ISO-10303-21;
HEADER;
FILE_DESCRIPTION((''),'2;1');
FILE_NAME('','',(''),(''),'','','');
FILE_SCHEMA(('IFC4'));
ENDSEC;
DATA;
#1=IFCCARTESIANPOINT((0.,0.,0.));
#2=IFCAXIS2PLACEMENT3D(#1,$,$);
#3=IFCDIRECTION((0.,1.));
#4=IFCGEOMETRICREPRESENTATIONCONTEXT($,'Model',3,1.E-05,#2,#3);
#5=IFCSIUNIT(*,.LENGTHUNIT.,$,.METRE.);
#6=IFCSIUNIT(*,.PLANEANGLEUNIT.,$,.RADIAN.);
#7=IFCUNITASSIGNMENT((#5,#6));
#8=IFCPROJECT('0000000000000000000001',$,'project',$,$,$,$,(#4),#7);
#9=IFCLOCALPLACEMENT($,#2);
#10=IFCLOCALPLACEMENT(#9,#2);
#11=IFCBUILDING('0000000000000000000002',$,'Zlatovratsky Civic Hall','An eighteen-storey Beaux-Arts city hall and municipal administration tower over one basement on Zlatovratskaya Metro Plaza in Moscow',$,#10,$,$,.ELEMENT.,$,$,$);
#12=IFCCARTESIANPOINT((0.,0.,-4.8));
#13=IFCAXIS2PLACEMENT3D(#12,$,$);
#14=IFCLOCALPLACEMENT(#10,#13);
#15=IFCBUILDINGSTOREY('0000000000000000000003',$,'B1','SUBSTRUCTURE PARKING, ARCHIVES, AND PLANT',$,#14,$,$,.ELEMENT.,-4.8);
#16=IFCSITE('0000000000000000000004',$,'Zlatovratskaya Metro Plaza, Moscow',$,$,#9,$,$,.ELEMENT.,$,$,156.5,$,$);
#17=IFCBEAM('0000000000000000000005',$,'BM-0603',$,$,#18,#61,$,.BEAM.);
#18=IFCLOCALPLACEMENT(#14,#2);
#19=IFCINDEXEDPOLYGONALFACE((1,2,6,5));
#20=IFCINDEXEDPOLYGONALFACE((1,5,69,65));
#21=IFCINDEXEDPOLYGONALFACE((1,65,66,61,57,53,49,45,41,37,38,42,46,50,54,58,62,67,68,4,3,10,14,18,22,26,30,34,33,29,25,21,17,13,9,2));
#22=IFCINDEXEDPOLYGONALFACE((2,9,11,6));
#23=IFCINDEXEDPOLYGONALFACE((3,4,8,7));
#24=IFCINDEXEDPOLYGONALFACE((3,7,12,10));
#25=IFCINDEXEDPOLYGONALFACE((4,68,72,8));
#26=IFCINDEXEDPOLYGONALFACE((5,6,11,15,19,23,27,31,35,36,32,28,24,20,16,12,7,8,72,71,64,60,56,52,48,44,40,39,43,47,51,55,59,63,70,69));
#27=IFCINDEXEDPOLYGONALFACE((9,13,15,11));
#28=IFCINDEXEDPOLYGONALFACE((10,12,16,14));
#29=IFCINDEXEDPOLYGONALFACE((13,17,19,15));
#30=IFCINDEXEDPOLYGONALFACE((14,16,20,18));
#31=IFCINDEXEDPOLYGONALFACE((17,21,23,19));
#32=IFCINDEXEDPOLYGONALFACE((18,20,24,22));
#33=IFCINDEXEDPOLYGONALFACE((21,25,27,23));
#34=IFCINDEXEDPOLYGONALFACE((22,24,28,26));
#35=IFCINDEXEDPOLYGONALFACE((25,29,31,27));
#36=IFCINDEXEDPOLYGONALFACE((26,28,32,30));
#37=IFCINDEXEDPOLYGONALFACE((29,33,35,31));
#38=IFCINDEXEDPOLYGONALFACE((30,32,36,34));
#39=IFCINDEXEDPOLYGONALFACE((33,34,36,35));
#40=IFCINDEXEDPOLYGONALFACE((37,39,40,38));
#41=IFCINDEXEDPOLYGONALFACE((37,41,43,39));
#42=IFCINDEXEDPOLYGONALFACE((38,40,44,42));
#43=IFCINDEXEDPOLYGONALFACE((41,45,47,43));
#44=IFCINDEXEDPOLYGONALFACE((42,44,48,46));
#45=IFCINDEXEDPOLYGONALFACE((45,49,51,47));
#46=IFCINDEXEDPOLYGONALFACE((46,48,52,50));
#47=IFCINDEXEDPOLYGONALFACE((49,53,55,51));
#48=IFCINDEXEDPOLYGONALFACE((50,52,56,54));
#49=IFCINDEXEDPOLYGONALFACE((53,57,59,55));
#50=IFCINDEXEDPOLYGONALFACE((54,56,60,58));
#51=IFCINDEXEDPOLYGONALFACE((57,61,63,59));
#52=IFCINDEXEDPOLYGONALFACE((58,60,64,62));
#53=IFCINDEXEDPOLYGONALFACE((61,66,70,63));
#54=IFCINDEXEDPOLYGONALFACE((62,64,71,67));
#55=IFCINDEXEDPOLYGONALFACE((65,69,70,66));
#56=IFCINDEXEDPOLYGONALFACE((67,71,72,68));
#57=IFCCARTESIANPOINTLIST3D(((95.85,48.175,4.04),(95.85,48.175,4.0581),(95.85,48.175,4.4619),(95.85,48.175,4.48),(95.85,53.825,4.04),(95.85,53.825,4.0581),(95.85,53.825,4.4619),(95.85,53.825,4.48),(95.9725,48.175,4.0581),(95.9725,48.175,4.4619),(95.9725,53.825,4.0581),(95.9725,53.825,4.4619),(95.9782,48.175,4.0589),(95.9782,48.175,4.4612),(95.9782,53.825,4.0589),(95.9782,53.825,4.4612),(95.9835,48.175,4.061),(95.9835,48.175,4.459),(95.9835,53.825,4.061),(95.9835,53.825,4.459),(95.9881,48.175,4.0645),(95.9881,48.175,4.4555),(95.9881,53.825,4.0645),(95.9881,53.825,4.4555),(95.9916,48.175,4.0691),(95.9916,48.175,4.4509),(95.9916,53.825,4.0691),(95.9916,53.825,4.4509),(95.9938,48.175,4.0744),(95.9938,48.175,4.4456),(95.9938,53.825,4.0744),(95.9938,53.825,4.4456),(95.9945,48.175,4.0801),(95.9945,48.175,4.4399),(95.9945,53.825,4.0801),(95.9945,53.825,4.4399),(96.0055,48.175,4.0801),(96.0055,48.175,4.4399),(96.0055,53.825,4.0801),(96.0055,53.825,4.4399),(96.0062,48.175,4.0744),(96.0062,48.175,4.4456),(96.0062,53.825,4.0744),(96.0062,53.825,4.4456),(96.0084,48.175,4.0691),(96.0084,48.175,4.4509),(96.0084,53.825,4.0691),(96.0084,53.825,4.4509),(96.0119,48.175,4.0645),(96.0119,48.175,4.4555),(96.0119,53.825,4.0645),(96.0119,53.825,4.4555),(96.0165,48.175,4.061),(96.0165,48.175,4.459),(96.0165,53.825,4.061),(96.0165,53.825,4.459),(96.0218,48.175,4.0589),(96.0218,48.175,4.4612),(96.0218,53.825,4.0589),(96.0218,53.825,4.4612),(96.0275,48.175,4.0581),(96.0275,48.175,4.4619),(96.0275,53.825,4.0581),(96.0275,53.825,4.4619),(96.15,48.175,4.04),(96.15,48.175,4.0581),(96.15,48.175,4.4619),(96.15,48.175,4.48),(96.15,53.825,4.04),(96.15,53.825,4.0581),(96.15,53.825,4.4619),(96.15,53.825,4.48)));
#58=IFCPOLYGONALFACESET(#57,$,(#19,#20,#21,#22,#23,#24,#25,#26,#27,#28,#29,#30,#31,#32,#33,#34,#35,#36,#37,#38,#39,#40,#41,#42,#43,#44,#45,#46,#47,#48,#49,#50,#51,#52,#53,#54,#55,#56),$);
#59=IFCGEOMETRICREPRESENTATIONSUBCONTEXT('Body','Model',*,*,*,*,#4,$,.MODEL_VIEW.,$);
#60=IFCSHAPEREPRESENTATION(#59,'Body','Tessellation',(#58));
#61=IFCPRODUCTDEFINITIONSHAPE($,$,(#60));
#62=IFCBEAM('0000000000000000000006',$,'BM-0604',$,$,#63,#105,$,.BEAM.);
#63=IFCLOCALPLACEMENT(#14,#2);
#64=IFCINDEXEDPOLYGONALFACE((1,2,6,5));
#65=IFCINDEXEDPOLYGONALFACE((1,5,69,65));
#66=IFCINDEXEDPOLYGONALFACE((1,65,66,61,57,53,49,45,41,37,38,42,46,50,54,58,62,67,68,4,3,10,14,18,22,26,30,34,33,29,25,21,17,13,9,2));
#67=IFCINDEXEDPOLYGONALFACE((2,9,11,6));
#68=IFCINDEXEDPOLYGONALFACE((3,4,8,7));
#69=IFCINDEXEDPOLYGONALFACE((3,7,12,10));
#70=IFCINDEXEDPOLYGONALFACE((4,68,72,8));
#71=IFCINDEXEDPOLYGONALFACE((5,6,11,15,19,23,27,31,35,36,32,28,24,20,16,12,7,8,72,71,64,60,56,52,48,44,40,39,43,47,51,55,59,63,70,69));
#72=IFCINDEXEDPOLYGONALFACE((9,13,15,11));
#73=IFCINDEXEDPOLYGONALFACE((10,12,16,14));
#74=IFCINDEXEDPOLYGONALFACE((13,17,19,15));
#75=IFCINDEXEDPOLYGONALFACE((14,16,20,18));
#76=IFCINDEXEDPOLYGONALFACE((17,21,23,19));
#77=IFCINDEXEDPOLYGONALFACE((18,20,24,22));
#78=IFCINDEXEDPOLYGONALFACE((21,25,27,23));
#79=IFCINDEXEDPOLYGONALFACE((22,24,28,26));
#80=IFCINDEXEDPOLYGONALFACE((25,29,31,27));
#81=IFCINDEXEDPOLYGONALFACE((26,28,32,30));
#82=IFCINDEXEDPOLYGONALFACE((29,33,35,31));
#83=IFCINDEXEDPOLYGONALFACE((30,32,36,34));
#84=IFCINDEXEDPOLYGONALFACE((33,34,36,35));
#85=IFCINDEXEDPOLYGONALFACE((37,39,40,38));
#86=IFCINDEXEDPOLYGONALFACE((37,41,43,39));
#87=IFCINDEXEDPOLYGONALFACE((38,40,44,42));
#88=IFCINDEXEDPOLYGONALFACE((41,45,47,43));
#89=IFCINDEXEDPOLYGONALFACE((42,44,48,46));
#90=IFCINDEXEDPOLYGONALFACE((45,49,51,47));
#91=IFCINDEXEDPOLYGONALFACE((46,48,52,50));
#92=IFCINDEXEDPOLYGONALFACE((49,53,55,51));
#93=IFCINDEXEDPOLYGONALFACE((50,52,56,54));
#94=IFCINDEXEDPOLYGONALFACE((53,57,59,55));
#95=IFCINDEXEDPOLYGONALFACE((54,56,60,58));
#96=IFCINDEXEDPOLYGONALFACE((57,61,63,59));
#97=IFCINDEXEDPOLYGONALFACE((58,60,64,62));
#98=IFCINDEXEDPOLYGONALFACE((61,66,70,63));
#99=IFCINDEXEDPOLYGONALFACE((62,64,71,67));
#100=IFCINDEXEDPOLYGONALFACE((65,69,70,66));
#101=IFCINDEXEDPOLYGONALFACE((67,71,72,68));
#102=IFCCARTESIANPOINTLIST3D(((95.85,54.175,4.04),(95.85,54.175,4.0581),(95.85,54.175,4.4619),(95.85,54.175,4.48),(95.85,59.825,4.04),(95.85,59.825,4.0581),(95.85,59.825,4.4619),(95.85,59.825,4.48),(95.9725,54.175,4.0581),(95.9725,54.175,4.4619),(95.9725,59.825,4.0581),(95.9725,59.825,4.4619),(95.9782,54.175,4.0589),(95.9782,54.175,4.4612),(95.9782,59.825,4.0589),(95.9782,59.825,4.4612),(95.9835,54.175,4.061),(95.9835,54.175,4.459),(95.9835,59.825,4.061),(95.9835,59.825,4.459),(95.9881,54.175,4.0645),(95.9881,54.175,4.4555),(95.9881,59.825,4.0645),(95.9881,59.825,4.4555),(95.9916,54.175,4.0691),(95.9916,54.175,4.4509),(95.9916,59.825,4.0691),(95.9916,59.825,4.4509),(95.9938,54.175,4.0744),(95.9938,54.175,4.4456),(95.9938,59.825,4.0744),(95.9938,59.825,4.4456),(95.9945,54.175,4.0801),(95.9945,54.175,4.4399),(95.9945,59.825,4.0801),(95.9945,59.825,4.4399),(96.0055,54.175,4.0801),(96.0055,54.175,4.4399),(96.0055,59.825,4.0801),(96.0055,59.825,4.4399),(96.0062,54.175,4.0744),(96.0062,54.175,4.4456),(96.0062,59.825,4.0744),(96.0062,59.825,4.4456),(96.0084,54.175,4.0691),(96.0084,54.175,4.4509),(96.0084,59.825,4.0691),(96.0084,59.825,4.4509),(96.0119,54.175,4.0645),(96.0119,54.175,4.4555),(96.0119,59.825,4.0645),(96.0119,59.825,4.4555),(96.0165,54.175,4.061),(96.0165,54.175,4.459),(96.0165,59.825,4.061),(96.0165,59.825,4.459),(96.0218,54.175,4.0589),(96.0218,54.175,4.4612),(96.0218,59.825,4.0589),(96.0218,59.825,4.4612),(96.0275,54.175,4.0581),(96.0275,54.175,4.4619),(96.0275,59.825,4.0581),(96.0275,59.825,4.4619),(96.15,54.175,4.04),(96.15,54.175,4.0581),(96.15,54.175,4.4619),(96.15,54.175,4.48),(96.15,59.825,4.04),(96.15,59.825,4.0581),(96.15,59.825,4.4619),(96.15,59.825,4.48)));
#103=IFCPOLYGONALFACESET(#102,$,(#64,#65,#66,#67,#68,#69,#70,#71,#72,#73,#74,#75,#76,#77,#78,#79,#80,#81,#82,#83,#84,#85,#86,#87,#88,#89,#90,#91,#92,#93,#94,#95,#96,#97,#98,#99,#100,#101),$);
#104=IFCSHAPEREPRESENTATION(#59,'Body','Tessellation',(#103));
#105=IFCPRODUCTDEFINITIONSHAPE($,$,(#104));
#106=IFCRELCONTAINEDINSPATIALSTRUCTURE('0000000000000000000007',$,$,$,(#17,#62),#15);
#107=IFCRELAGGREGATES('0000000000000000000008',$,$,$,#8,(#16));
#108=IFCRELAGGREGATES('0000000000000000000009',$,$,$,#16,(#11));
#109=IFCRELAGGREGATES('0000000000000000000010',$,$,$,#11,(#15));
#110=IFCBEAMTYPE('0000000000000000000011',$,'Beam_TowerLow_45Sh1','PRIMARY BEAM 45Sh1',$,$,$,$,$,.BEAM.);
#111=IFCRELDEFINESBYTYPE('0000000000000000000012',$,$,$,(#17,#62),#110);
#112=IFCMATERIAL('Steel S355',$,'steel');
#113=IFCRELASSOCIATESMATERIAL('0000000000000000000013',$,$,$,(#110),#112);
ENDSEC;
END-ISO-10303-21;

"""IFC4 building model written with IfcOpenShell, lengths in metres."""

from ifc_helpers import new_model, si_unit, direction, frame, origin, origin_2d, place, context, subcontext, project, spatial, i_section, extrude, material, material_profile, profile_set, type_object, element, save


model = new_model("IFC4")

# Units and contexts
model_context = context("Model", 3, precision=1e-05, world=origin(), true_north=direction((0.0, 1.0)))
body_context = subcontext(model_context, "Body", "Model", "MODEL_VIEW")
ifc_project = project(units=[si_unit("LENGTHUNIT", "METRE"), si_unit("PLANEANGLEUNIT", "RADIAN")], contexts=[model_context])

# Site, building, storey
site_placement = place(None, origin())
site = spatial("IfcSite", under=ifc_project, at=site_placement, Name="Zlatovratskaya Metro Plaza, Moscow", CompositionType="ELEMENT", RefElevation=156.5)
building_placement = place(site_placement, origin())
building = spatial("IfcBuilding", under=site, at=building_placement, Name="Zlatovratsky Civic Hall", Description="An eighteen-storey Beaux-Arts city hall and municipal administration tower over one basement on Zlatovratskaya Metro Plaza in Moscow", CompositionType="ELEMENT")
storey_placement = place(building_placement, frame((0.0, 0.0, -4.8)))
storey = spatial("IfcBuildingStorey", under=building, at=storey_placement, Name="B1", Description="SUBSTRUCTURE PARKING, ARCHIVES, AND PLANT", CompositionType="ELEMENT", Elevation=-4.8)

# Shared definitions
ifc_material_1 = material(Name="Steel S355", Category="steel")

# Beams
ifc_material_profile_1 = material_profile(ifc_material_1, i_section(OverallWidth=0.3, OverallDepth=0.4399, WebThickness=0.011, FlangeThickness=0.0181, FilletRadius=0.022, at=origin_2d()), Name="45Sh1")
ifc_profile_set_1 = profile_set([ifc_material_profile_1], Name="Steel S355")
beam_type = type_object("IfcBeamType", Name="Beam_TowerLow_45Sh1", Description="PRIMARY BEAM 45Sh1", PredefinedType="BEAM", material=ifc_profile_set_1)
for number, where, z_axis, x_axis, name in (
    (1, (96.0, 48.175, 4.26), (0.0, 1.0, 0.0), (-1.0, 0.0, 0.0), "BM-0603"),
    (2, (96.0, 54.175, 4.26), (0.0, 1.0, 0.0), (-1.0, 0.0, 0.0), "BM-0604"),
):
    element("IfcBeam", number, at=place(storey_placement, frame(where, z_axis=z_axis, x_axis=x_axis)), inside=storey, type_object=beam_type, Name=name, PredefinedType="BEAM", context=body_context, shape_type="SweptSolid", body=[
        extrude(i_section(OverallWidth=0.3, OverallDepth=0.4399, WebThickness=0.011, FlangeThickness=0.0181, FilletRadius=0.022, at=origin_2d()), origin(), (0.0, 0.0, 1.0), 5.6499),
    ])

save(model, "model.ifc")
